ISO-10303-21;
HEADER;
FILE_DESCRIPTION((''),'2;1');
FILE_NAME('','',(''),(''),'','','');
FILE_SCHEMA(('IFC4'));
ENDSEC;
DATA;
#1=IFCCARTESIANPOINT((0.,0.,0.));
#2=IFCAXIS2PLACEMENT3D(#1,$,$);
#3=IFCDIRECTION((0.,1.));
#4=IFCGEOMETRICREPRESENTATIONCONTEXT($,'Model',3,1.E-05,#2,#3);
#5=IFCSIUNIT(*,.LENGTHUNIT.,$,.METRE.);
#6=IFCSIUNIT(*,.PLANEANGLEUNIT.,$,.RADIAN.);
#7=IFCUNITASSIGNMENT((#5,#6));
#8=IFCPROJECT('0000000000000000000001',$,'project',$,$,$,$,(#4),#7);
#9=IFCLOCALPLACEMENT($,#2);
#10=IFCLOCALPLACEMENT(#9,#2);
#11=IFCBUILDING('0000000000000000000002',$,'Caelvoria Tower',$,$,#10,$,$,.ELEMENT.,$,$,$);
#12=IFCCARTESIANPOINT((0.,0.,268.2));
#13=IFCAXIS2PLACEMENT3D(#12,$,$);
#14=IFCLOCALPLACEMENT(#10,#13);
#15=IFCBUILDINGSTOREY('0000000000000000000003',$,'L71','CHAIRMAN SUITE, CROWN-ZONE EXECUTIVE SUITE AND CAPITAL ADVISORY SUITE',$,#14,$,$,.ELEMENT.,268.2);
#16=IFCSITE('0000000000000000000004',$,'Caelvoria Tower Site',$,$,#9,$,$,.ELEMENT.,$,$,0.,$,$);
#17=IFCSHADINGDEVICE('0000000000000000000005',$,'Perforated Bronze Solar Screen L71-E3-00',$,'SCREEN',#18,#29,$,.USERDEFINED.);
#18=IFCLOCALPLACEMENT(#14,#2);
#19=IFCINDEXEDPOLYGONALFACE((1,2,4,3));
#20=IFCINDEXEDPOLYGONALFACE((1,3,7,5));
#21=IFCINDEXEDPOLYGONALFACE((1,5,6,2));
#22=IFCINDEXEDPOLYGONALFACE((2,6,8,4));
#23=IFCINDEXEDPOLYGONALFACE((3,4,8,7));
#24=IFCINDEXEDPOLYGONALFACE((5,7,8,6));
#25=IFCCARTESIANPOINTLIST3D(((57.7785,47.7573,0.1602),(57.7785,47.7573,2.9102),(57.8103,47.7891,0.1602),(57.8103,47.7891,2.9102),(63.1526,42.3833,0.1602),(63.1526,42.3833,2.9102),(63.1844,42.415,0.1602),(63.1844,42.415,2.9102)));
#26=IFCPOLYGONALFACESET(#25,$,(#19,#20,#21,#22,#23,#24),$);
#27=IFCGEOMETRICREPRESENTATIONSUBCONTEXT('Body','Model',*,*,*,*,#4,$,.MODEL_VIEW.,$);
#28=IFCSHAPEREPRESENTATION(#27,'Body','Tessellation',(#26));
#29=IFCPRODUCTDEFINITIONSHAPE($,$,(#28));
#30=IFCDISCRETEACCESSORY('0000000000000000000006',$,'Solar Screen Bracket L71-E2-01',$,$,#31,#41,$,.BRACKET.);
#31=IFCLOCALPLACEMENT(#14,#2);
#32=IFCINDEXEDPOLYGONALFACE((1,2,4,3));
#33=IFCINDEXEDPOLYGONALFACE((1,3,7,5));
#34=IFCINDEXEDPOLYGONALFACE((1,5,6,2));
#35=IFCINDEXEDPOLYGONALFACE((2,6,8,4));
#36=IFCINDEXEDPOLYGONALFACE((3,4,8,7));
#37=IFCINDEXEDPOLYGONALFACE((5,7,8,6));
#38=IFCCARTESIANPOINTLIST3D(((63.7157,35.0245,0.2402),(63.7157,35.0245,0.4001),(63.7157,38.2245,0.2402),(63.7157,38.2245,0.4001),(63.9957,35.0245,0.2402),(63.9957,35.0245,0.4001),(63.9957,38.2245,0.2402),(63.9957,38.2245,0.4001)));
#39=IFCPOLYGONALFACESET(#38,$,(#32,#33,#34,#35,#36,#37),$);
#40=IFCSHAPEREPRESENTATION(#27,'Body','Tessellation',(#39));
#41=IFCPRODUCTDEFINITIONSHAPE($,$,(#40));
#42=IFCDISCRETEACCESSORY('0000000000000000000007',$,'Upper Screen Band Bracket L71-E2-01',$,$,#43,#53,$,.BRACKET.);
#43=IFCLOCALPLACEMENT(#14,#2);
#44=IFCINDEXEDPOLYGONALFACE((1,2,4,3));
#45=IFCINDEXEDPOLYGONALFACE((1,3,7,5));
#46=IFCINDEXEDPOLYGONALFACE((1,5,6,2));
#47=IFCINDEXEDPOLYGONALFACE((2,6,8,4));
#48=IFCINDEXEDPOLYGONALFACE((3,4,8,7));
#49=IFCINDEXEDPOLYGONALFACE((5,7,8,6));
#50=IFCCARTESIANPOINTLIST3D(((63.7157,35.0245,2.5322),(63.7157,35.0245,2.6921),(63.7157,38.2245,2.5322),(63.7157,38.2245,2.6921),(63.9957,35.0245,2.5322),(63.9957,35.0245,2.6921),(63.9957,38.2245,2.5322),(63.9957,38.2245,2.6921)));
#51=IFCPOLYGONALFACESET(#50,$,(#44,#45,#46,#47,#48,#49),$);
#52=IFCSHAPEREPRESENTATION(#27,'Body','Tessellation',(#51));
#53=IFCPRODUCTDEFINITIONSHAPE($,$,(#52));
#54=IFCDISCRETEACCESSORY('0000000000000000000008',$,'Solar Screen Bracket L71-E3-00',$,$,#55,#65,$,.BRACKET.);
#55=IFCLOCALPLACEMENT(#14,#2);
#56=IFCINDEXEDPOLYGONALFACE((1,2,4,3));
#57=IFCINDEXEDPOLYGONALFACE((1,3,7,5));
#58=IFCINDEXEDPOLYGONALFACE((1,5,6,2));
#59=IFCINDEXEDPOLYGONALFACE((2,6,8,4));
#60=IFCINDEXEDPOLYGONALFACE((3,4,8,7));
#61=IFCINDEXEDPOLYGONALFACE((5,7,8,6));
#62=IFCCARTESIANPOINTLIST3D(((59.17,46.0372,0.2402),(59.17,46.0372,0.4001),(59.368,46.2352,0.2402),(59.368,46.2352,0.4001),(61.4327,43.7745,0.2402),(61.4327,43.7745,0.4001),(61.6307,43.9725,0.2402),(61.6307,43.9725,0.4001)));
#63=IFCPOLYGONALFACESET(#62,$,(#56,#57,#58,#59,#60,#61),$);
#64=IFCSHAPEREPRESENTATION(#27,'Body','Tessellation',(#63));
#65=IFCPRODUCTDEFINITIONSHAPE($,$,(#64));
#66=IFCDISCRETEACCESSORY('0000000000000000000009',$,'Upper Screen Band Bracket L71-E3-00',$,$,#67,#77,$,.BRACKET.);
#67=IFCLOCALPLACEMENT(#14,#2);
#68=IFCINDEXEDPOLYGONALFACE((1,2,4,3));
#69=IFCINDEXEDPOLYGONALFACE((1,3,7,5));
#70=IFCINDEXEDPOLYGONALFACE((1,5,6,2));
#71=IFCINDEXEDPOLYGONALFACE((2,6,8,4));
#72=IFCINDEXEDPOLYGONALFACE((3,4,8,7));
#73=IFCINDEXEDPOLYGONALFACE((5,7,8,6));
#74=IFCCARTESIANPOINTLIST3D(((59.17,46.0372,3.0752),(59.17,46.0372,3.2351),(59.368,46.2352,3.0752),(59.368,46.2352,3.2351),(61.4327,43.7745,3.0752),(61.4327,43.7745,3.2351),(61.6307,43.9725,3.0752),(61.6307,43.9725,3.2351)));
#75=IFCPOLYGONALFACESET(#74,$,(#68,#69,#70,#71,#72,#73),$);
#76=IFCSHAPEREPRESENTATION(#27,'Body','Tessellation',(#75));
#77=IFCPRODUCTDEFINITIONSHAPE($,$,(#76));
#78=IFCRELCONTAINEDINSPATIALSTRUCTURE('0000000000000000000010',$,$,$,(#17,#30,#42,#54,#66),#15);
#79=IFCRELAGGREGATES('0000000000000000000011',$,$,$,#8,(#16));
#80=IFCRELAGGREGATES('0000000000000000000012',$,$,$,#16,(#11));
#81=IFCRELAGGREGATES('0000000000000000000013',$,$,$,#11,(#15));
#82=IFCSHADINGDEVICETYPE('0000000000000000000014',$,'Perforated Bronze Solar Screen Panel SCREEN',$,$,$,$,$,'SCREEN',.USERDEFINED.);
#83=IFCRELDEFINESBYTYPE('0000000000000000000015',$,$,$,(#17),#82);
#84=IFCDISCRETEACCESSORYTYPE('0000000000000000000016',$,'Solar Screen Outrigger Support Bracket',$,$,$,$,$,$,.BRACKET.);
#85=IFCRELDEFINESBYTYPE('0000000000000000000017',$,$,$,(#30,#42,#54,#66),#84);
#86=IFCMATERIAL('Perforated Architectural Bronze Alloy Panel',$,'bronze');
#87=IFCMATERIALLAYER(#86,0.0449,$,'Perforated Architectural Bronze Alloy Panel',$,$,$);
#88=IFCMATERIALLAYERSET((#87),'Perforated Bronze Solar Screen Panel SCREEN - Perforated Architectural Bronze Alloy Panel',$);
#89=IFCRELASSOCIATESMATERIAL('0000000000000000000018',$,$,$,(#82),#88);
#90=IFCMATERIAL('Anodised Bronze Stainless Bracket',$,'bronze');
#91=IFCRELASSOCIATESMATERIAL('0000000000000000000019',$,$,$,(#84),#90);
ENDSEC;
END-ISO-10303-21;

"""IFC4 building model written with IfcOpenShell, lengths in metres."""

from ifc_helpers import new_model, si_unit, direction, frame, origin, origin_2d, place, context, subcontext, project, spatial, rectangle, extrude, material, layer, layer_set, type_object, element, save


model = new_model("IFC4")

# Units and contexts
model_context = context("Model", 3, precision=1e-05, world=origin(), true_north=direction((0.0, 1.0)))
body_context = subcontext(model_context, "Body", "Model", "MODEL_VIEW")
ifc_project = project(units=[si_unit("LENGTHUNIT", "METRE"), si_unit("PLANEANGLEUNIT", "RADIAN")], contexts=[model_context])

# Site, building, storey
site_placement = place(None, origin())
site = spatial("IfcSite", under=ifc_project, at=site_placement, Name="Caelvoria Tower Site", CompositionType="ELEMENT", RefElevation=0.0)
building_placement = place(site_placement, origin())
building = spatial("IfcBuilding", under=site, at=building_placement, Name="Caelvoria Tower", CompositionType="ELEMENT")
storey_placement = place(building_placement, frame((0.0, 0.0, 268.2)))
storey = spatial("IfcBuildingStorey", under=building, at=storey_placement, Name="L71", Description="CHAIRMAN SUITE, CROWN-ZONE EXECUTIVE SUITE AND CAPITAL ADVISORY SUITE", CompositionType="ELEMENT", Elevation=268.2)

# Shading device
ifc_material_1 = material(Name="Perforated Architectural Bronze Alloy Panel", Category="bronze")
ifc_layer_1 = layer(ifc_material_1, 0.0449, Name="Perforated Architectural Bronze Alloy Panel")
ifc_layer_set_1 = layer_set([ifc_layer_1], Name="Perforated Bronze Solar Screen Panel SCREEN - Perforated Architectural Bronze Alloy Panel")
shading_device_type = type_object("IfcShadingDeviceType", Name="Perforated Bronze Solar Screen Panel SCREEN", ElementType="SCREEN", PredefinedType="USERDEFINED", material=ifc_layer_set_1)
shading_device_1_placement = place(storey_placement, frame((60.4814, 45.0862, 0.1602), z_axis=(0.0, 0.0, 1.0), x_axis=(-0.707107, 0.707107, 0.0)))
element("IfcShadingDevice", 1, at=shading_device_1_placement, inside=storey, type_object=shading_device_type, Name="Perforated Bronze Solar Screen L71-E3-00", ObjectType="SCREEN", PredefinedType="USERDEFINED", context=body_context, shape_type="SweptSolid", body=[
    extrude(rectangle(XDim=7.6001, YDim=0.0449, at=origin_2d()), origin(), (0.0, 0.0, 1.0), 2.75),
])

# Discrete accessories
ifc_material_2 = material(Name="Anodised Bronze Stainless Bracket", Category="bronze")
discrete_accessory_type = type_object("IfcDiscreteAccessoryType", Name="Solar Screen Outrigger Support Bracket", PredefinedType="BRACKET", material=ifc_material_2)
for number, where, z_axis, x_axis, name in (
    (2, (63.8557, 36.6245, 0.2402), (0.0, 0.0, 1.0), (0.0, 1.0, 0.0), "Solar Screen Bracket L71-E2-01"),
    (3, (63.8557, 36.6245, 2.5322), (0.0, 0.0, 1.0), (0.0, 1.0, 0.0), "Upper Screen Band Bracket L71-E2-01"),
    (4, (60.4004, 45.0049, 0.2402), (0.0, 0.0, 1.0), (-0.707107, 0.707107, 0.0), "Solar Screen Bracket L71-E3-00"),
    (5, (60.4004, 45.0049, 3.0752), (0.0, 0.0, 1.0), (-0.707107, 0.707107, 0.0), "Upper Screen Band Bracket L71-E3-00"),
):
    element("IfcDiscreteAccessory", number, at=place(storey_placement, frame(where, z_axis=z_axis, x_axis=x_axis)), inside=storey, type_object=discrete_accessory_type, Name=name, PredefinedType="BRACKET", context=body_context, shape_type="SweptSolid", body=[
        extrude(rectangle(XDim=3.2, YDim=0.28, at=origin_2d()), origin(), (0.0, 0.0, 1.0), 0.1599),
    ])

save(model, "model.ifc")
